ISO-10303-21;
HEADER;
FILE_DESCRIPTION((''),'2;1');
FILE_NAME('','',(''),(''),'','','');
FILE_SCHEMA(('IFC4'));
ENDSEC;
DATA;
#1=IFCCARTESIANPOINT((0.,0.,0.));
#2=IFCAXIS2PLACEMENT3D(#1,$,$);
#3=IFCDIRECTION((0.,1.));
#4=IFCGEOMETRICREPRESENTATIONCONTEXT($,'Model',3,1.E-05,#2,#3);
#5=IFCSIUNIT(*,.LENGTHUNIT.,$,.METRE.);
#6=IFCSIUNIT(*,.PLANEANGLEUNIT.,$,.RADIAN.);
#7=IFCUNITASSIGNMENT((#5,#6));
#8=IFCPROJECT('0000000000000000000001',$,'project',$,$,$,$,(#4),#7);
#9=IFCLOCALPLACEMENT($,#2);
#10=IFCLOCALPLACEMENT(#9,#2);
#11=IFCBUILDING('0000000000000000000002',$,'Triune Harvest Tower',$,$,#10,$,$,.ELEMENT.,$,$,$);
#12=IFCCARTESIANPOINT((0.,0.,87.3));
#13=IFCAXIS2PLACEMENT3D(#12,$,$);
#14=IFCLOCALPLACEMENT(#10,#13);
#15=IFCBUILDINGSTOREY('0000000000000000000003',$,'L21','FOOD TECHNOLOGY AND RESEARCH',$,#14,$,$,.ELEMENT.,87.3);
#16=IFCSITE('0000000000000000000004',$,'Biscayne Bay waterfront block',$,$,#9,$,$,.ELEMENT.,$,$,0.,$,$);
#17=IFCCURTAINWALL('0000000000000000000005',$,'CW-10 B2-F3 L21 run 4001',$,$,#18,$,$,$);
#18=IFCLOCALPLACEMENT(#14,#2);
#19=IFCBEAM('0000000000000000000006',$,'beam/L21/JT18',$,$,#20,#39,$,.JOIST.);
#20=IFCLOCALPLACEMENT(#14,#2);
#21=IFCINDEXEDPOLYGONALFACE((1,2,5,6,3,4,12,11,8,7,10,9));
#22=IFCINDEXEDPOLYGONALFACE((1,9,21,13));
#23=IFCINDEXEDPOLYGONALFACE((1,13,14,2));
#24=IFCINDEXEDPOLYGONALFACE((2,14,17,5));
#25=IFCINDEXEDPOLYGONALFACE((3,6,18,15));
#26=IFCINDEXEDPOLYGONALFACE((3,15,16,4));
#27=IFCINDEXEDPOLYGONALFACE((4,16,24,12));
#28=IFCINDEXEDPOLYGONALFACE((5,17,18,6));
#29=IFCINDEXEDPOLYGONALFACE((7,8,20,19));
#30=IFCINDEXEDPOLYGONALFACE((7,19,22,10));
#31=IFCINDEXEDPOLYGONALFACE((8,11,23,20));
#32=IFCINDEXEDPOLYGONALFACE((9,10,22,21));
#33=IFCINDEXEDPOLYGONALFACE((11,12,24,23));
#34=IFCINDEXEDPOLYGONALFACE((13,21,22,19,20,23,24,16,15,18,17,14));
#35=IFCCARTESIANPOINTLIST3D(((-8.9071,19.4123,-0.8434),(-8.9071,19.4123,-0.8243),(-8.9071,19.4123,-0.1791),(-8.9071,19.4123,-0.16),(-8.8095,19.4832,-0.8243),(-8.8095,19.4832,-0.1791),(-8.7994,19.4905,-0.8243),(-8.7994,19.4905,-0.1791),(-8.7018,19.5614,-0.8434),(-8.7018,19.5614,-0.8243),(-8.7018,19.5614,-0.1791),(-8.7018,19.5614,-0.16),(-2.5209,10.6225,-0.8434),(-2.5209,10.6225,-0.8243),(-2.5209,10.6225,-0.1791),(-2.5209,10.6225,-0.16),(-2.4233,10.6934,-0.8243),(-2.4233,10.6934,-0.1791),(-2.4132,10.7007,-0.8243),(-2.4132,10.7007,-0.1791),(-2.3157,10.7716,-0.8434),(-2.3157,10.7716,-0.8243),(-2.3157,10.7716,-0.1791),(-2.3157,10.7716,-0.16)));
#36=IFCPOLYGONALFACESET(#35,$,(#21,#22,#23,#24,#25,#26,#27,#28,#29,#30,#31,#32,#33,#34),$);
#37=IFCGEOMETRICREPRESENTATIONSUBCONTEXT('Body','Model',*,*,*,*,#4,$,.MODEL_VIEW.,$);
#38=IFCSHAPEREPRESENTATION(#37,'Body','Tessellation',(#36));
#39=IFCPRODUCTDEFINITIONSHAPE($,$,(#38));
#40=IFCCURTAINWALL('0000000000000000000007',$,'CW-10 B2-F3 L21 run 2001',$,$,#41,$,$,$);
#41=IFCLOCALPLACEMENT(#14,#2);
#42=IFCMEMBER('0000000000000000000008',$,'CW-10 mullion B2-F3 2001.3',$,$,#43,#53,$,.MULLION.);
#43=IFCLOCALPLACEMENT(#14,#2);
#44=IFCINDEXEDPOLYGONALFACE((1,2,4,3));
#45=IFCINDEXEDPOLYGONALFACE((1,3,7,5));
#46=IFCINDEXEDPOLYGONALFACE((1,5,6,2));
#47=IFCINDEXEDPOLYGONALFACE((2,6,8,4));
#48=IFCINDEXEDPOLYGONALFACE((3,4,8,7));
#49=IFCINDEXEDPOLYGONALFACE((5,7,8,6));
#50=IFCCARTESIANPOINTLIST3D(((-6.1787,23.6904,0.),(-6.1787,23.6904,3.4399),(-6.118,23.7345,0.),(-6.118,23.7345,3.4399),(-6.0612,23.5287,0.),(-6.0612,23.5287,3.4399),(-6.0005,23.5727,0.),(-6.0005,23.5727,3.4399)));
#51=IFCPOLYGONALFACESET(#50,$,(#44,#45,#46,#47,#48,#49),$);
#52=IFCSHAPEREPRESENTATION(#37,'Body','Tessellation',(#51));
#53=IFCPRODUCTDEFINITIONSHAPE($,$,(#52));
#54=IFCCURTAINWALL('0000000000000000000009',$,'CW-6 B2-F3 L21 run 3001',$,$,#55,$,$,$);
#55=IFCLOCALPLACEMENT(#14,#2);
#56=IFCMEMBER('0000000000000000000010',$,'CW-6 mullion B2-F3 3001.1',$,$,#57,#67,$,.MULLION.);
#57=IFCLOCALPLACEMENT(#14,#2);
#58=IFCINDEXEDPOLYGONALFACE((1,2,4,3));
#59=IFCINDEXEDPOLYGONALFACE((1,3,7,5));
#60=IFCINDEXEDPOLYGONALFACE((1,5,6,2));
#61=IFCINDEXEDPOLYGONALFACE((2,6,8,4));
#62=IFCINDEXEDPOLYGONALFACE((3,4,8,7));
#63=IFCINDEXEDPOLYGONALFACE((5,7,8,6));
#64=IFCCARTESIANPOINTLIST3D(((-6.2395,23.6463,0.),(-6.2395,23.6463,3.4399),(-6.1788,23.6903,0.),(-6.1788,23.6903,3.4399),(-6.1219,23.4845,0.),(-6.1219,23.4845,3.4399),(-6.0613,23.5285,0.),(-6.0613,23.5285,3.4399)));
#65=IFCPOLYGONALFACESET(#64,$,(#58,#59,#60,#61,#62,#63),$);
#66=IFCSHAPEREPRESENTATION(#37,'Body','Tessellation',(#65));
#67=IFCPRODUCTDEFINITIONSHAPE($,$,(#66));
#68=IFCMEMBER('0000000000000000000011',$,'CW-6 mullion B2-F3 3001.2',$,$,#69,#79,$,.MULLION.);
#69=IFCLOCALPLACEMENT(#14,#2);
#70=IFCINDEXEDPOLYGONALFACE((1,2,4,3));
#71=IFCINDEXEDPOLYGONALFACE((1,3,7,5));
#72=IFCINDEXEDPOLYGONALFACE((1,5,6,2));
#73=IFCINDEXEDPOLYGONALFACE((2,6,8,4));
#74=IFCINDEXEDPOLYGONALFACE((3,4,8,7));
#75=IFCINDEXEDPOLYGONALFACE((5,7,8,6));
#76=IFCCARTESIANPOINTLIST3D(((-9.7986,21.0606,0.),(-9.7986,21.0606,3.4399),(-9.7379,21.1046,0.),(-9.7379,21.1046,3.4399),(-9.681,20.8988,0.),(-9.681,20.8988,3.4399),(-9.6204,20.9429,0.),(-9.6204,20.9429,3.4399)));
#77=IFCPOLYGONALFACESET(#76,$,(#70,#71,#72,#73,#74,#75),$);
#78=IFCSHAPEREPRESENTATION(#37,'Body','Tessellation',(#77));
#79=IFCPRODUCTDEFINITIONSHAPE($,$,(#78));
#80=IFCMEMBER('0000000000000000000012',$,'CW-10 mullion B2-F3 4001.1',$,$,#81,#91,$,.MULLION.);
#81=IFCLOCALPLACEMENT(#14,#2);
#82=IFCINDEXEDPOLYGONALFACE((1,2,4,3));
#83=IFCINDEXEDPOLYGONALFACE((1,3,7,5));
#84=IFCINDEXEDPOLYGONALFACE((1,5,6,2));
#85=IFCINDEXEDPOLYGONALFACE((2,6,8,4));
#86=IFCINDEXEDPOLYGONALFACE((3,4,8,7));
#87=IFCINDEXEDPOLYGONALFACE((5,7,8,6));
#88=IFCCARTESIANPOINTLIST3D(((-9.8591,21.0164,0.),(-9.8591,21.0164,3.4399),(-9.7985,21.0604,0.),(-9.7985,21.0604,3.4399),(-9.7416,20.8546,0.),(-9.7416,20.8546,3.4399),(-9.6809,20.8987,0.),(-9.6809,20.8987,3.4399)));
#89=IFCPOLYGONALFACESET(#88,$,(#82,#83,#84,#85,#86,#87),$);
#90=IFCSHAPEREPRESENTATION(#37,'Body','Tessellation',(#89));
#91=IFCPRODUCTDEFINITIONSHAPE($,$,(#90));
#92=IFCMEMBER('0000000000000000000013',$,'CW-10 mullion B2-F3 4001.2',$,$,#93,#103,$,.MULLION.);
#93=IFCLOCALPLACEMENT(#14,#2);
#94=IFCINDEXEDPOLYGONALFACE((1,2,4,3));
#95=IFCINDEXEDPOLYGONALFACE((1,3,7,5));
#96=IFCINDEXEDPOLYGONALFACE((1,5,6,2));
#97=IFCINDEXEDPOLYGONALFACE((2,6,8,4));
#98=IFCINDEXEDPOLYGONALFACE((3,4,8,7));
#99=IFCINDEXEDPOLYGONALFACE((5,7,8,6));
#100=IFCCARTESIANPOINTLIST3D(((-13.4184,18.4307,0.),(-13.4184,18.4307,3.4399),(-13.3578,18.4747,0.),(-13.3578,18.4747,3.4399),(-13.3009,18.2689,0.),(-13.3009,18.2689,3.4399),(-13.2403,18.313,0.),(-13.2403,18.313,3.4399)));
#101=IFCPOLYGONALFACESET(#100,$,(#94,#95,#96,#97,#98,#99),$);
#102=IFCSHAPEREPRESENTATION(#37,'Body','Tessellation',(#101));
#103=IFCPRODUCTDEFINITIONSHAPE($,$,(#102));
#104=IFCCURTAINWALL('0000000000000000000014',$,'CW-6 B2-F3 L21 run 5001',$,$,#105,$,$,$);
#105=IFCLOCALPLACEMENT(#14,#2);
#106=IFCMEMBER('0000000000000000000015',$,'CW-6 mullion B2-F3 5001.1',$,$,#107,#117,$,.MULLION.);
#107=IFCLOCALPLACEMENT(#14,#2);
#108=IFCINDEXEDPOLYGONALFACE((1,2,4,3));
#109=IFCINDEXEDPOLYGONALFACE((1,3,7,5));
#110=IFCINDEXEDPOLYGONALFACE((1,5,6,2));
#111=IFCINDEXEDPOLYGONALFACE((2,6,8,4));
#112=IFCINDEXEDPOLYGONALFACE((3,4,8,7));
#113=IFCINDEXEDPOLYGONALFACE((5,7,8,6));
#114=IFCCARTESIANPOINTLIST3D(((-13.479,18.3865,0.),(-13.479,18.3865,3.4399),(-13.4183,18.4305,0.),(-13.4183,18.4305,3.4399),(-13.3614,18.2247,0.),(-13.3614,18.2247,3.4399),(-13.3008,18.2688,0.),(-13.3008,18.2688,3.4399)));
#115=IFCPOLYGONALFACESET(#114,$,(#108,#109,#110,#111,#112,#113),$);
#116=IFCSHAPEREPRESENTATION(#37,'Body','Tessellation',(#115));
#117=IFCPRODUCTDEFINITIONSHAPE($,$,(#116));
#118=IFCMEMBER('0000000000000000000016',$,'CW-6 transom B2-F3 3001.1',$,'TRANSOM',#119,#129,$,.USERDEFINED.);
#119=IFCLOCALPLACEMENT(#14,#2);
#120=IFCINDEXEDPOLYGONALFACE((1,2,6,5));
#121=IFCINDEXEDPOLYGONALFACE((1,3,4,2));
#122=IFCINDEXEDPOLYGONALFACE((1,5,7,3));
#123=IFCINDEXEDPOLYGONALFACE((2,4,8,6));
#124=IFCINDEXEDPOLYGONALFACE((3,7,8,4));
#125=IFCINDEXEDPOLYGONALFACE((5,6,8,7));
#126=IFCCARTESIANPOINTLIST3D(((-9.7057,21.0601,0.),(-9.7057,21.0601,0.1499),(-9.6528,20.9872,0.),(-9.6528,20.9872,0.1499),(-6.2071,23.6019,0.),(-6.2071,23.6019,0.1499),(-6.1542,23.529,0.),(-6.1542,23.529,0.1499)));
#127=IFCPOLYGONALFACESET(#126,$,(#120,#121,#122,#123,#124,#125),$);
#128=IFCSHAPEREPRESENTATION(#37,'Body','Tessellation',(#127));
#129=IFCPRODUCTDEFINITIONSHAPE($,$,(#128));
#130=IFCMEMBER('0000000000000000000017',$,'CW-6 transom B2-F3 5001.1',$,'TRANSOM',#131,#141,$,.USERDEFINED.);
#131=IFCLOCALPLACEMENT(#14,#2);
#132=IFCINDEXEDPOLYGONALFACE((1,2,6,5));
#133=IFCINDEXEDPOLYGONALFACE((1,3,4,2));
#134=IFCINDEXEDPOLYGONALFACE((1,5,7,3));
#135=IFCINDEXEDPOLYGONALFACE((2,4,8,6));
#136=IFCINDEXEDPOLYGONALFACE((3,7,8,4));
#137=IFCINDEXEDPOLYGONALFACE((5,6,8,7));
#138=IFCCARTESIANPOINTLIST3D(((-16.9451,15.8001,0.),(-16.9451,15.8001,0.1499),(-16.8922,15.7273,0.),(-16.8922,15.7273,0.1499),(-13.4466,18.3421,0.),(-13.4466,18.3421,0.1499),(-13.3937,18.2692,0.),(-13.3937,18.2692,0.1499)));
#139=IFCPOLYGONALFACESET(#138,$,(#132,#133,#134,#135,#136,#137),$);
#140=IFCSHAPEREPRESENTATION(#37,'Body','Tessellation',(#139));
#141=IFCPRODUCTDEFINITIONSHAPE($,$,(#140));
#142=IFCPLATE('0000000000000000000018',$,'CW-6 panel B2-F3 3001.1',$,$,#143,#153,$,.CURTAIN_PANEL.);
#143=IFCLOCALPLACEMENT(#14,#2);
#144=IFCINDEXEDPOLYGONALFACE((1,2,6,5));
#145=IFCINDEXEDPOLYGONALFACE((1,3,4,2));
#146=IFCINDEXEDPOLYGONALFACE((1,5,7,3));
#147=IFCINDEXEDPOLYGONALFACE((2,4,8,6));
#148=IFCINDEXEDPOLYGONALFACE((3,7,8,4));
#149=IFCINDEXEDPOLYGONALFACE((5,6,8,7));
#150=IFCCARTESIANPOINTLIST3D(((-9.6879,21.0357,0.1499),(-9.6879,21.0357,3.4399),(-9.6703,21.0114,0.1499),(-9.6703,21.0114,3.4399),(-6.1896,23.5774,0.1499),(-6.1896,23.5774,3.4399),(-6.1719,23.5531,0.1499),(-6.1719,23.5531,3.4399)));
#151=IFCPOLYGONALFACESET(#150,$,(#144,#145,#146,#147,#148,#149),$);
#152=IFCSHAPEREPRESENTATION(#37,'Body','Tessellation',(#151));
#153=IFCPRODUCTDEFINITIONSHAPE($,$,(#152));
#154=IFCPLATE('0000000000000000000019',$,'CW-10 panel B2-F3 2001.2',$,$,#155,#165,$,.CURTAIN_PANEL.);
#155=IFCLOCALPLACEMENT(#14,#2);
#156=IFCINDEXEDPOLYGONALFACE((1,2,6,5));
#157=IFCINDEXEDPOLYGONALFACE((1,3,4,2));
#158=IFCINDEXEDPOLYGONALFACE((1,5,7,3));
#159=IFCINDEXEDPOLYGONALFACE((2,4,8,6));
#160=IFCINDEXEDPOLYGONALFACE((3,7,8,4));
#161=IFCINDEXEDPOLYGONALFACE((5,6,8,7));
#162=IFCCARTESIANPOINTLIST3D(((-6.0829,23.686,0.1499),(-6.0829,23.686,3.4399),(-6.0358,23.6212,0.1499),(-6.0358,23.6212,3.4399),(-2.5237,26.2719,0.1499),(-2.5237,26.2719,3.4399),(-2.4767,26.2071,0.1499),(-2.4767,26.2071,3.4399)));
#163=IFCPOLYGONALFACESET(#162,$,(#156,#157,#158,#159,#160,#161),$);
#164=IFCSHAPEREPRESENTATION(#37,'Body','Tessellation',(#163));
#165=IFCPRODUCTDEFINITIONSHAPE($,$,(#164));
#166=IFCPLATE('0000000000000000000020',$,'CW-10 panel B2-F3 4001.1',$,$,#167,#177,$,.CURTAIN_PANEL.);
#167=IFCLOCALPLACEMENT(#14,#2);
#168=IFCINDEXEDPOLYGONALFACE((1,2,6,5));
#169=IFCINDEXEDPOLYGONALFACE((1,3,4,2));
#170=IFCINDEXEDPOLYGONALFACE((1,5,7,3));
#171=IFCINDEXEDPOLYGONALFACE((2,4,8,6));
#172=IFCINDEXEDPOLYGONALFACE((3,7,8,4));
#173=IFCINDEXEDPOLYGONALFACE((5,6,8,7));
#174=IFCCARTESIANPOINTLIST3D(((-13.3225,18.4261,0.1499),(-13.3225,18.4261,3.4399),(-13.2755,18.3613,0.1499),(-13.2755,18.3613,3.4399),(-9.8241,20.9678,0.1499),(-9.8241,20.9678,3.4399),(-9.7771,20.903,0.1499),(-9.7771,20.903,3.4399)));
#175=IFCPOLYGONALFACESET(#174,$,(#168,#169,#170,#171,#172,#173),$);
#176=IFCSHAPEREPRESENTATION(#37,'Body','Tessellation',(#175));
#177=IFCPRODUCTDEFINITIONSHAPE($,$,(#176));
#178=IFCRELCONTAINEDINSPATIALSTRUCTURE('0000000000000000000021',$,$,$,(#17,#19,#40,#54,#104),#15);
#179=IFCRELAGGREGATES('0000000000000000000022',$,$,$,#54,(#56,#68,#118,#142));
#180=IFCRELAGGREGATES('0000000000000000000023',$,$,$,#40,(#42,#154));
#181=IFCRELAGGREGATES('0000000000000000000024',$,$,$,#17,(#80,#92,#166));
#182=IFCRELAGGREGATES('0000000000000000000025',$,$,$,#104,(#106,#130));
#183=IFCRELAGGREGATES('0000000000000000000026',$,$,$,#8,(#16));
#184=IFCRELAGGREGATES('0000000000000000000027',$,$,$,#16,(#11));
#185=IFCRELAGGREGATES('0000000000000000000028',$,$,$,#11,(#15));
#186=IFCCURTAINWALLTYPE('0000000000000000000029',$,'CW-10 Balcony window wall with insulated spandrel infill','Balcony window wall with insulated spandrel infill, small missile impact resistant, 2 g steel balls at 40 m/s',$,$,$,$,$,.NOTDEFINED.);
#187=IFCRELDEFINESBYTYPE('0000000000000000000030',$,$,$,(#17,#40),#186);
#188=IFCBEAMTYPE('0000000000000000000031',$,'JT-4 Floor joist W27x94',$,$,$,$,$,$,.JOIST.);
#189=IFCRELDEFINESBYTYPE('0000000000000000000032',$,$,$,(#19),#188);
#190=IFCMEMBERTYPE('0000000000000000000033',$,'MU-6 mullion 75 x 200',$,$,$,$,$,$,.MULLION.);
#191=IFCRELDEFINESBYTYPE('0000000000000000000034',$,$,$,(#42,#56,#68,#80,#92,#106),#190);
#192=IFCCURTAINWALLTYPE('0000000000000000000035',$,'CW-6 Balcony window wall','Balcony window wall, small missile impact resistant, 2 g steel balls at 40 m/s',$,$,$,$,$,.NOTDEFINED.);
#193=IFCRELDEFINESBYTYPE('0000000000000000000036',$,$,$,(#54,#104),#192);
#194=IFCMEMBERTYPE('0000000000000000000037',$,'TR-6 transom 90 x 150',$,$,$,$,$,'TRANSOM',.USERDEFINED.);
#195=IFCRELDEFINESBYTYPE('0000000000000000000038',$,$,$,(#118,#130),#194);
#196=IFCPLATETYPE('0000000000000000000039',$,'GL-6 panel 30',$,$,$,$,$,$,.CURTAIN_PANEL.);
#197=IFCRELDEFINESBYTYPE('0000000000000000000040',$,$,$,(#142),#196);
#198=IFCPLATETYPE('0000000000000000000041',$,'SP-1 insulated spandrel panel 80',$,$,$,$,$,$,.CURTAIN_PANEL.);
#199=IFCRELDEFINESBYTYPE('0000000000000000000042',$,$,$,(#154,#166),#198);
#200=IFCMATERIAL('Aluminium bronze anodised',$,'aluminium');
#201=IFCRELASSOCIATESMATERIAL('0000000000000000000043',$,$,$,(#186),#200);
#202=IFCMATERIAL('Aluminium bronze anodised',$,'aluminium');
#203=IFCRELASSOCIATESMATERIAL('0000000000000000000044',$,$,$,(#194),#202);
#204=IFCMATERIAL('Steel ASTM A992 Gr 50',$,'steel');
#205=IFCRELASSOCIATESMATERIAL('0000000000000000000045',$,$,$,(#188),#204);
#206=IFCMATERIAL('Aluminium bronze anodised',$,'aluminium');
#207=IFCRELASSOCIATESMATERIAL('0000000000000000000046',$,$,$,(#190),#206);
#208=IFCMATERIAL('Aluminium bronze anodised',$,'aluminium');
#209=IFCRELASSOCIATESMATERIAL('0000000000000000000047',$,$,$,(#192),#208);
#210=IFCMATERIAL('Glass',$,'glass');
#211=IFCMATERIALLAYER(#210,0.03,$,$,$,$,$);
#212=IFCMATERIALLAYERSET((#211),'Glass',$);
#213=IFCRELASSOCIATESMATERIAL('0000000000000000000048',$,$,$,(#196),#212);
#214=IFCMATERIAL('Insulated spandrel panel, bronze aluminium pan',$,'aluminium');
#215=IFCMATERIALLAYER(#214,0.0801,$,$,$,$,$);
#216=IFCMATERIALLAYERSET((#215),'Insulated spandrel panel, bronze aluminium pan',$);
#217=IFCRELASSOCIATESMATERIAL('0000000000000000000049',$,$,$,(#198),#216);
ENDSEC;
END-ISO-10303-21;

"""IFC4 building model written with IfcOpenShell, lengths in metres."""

from ifc_helpers import new_model, si_unit, direction, frame, origin, origin_2d, place, context, subcontext, project, spatial, rectangle, i_section, extrude, source, transform, mapped, material, layer, layer_set, material_profile, profile_set, type_object, element, aggregate, save


model = new_model("IFC4")

# Units and contexts
model_context = context("Model", 3, precision=1e-05, world=origin(), true_north=direction((0.0, 1.0)))
body_context = subcontext(model_context, "Body", "Model", "MODEL_VIEW")
ifc_project = project(units=[si_unit("LENGTHUNIT", "METRE"), si_unit("PLANEANGLEUNIT", "RADIAN")], contexts=[model_context])

# Site, building, storey
site_placement = place(None, origin())
site = spatial("IfcSite", under=ifc_project, at=site_placement, Name="Biscayne Bay waterfront block", CompositionType="ELEMENT", RefElevation=0.0)
building_placement = place(site_placement, origin())
building = spatial("IfcBuilding", under=site, at=building_placement, Name="Triune Harvest Tower", CompositionType="ELEMENT")
storey_placement = place(building_placement, frame((0.0, 0.0, 87.3)))
storey = spatial("IfcBuildingStorey", under=building, at=storey_placement, Name="L21", Description="FOOD TECHNOLOGY AND RESEARCH", CompositionType="ELEMENT", Elevation=87.3)

# Curtain wall
ifc_material_1 = material(Name="Aluminium bronze anodised", Category="aluminium")
curtain_wall_type_1 = type_object("IfcCurtainWallType", Name="CW-10 Balcony window wall with insulated spandrel infill", Description="Balcony window wall with insulated spandrel infill, small missile impact resistant, 2 g steel balls at 40 m/s", PredefinedType="NOTDEFINED", material=ifc_material_1)
curtain_wall_1_placement = place(storey_placement, origin())
curtain_wall_1 = element("IfcCurtainWall", 1, at=curtain_wall_1_placement, inside=storey, type_object=curtain_wall_type_1, Name="CW-10 B2-F3 L21 run 4001")
ifc_material_2 = material(Name="Aluminium bronze anodised", Category="aluminium")
ifc_material_profile_1 = material_profile(ifc_material_2, rectangle(XDim=0.0901, YDim=0.1499, at=origin_2d()), Name="TR-6 transom 90 x 150")
ifc_profile_set_1 = profile_set([ifc_material_profile_1], Name="Aluminium bronze anodised")
member_type_1 = type_object("IfcMemberType", Name="TR-6 transom 90 x 150", ElementType="TRANSOM", PredefinedType="USERDEFINED", material=ifc_profile_set_1)

# Beam
ifc_material_3 = material(Name="Steel ASTM A992 Gr 50", Category="steel")
ifc_material_profile_2 = material_profile(ifc_material_3, i_section(OverallWidth=0.2537, OverallDepth=0.6833, WebThickness=0.0125, FlangeThickness=0.019, at=origin_2d()), Name="W27x94")
ifc_profile_set_2 = profile_set([ifc_material_profile_2], Name="Steel ASTM A992 Gr 50")
beam_type_1 = type_object("IfcBeamType", Name="JT-4 Floor joist W27x94", PredefinedType="JOIST", material=ifc_profile_set_2)
shared_shape_1 = source(origin(), body_context, "Body", "SweptSolid", [
    extrude(i_section(OverallWidth=0.2537, OverallDepth=0.6833, WebThickness=0.0125, FlangeThickness=0.019, at=origin_2d()), origin(), (0.0, 0.0, 1.0), 10.8647),
])
beam_1_placement = place(storey_placement, frame((-8.8044, 19.4868, -0.5017), z_axis=(0.58779, -0.809014, 0.0), x_axis=(0.809014, 0.58779, 0.0)))
element("IfcBeam", 2, at=beam_1_placement, inside=storey, type_object=beam_type_1, Name="beam/L21/JT18", PredefinedType="JOIST", context=body_context, shape_type="MappedRepresentation", body=[
    mapped(shared_shape_1, transform((0.0, 0.0, 0.0), scale=1.0)),
])

# Curtain wall, member
curtain_wall_2_placement = place(storey_placement, origin())
curtain_wall_2 = element("IfcCurtainWall", 3, at=curtain_wall_2_placement, inside=storey, type_object=curtain_wall_type_1, Name="CW-10 B2-F3 L21 run 2001")
ifc_material_4 = material(Name="Aluminium bronze anodised", Category="aluminium")
ifc_material_profile_3 = material_profile(ifc_material_4, rectangle(XDim=0.2, YDim=0.075, at=origin_2d()), Name="MU-6 mullion 75 x 200")
ifc_profile_set_3 = profile_set([ifc_material_profile_3], Name="Aluminium bronze anodised")
member_type_2 = type_object("IfcMemberType", Name="MU-6 mullion 75 x 200", PredefinedType="MULLION", material=ifc_profile_set_3)
shared_shape_2 = source(origin(), body_context, "Body", "SweptSolid", [
    extrude(rectangle(XDim=0.2, YDim=0.075, at=origin_2d()), origin(), (0.0, 0.0, 1.0), 3.4399),
])
member_1_placement = place(storey_placement, frame((-6.0896, 23.6316, 0.0), z_axis=(0.0, 0.0, 1.0), x_axis=(0.587787, -0.809016, 0.0)))
member_1 = element("IfcMember", 4, at=member_1_placement, type_object=member_type_2, Name="CW-10 mullion B2-F3 2001.3", PredefinedType="MULLION", context=body_context, shape_type="MappedRepresentation", body=[
    mapped(shared_shape_2, transform((0.0, 0.0, 0.0), scale=1.0)),
])

# Curtain wall, members
ifc_material_5 = material(Name="Aluminium bronze anodised", Category="aluminium")
curtain_wall_type_2 = type_object("IfcCurtainWallType", Name="CW-6 Balcony window wall", Description="Balcony window wall, small missile impact resistant, 2 g steel balls at 40 m/s", PredefinedType="NOTDEFINED", material=ifc_material_5)
curtain_wall_3_placement = place(storey_placement, origin())
curtain_wall_3 = element("IfcCurtainWall", 5, at=curtain_wall_3_placement, inside=storey, type_object=curtain_wall_type_2, Name="CW-6 B2-F3 L21 run 3001")
member_2_placement = place(storey_placement, frame((-6.1504, 23.5874, 0.0), z_axis=(0.0, 0.0, 1.0), x_axis=(0.58778, -0.809021, 0.0)))
member_2 = element("IfcMember", 6, at=member_2_placement, type_object=member_type_2, Name="CW-6 mullion B2-F3 3001.1", PredefinedType="MULLION", context=body_context, shape_type="MappedRepresentation", body=[
    mapped(shared_shape_2, transform((0.0, 0.0, 0.0), scale=1.0)),
])
member_3_placement = place(storey_placement, frame((-9.7095, 21.0017, 0.0), z_axis=(0.0, 0.0, 1.0), x_axis=(0.58778, -0.809021, 0.0)))
member_3 = element("IfcMember", 7, at=member_3_placement, type_object=member_type_2, Name="CW-6 mullion B2-F3 3001.2", PredefinedType="MULLION", context=body_context, shape_type="MappedRepresentation", body=[
    mapped(shared_shape_2, transform((0.0, 0.0, 0.0), scale=1.0)),
])

# Members
member_4_placement = place(storey_placement, frame((-9.77, 20.9575, 0.0), z_axis=(0.0, 0.0, 1.0), x_axis=(0.58778, -0.809021, 0.0)))
member_4 = element("IfcMember", 8, at=member_4_placement, type_object=member_type_2, Name="CW-10 mullion B2-F3 4001.1", PredefinedType="MULLION", context=body_context, shape_type="MappedRepresentation", body=[
    mapped(shared_shape_2, transform((0.0, 0.0, 0.0), scale=1.0)),
])
member_5_placement = place(storey_placement, frame((-13.3293, 18.3718, 0.0), z_axis=(0.0, 0.0, 1.0), x_axis=(0.58778, -0.809021, 0.0)))
member_5 = element("IfcMember", 9, at=member_5_placement, type_object=member_type_2, Name="CW-10 mullion B2-F3 4001.2", PredefinedType="MULLION", context=body_context, shape_type="MappedRepresentation", body=[
    mapped(shared_shape_2, transform((0.0, 0.0, 0.0), scale=1.0)),
])

# Curtain wall, member
curtain_wall_4_placement = place(storey_placement, origin())
curtain_wall_4 = element("IfcCurtainWall", 10, at=curtain_wall_4_placement, inside=storey, type_object=curtain_wall_type_2, Name="CW-6 B2-F3 L21 run 5001")
member_6_placement = place(storey_placement, frame((-13.3899, 18.3276, 0.0), z_axis=(0.0, 0.0, 1.0), x_axis=(0.587794, -0.80901, 0.0)))
member_6 = element("IfcMember", 11, at=member_6_placement, type_object=member_type_2, Name="CW-6 mullion B2-F3 5001.1", PredefinedType="MULLION", context=body_context, shape_type="MappedRepresentation", body=[
    mapped(shared_shape_2, transform((0.0, 0.0, 0.0), scale=1.0)),
])

# Members
shared_shape_3 = source(origin(), body_context, "Body", "SweptSolid", [
    extrude(rectangle(XDim=0.0901, YDim=0.1499, at=origin_2d()), origin(), (0.0, 0.0, 1.0), 4.3245),
])
member_7_placement = place(storey_placement, frame((-6.1807, 23.5654, 0.075), z_axis=(-0.809027, -0.587772, 0.0), x_axis=(0.587772, -0.809027, 0.0)))
member_7 = element("IfcMember", 12, at=member_7_placement, type_object=member_type_1, Name="CW-6 transom B2-F3 3001.1", ObjectType="TRANSOM", PredefinedType="USERDEFINED", context=body_context, shape_type="MappedRepresentation", body=[
    mapped(shared_shape_3, transform((0.0, 0.0, 0.0), scale=1.0)),
])
member_8_placement = place(storey_placement, frame((-13.4202, 18.3057, 0.075), z_axis=(-0.809, -0.587809, 0.0), x_axis=(0.587809, -0.809, 0.0)))
member_8 = element("IfcMember", 13, at=member_8_placement, type_object=member_type_1, Name="CW-6 transom B2-F3 5001.1", ObjectType="TRANSOM", PredefinedType="USERDEFINED", context=body_context, shape_type="MappedRepresentation", body=[
    mapped(shared_shape_3, transform((0.0, 0.0, 0.0), scale=1.0)),
])

# Plates
ifc_material_6 = material(Name="Glass", Category="glass")
ifc_layer_1 = layer(ifc_material_6, 0.03)
ifc_layer_set_1 = layer_set([ifc_layer_1], Name="Glass")
plate_type_1 = type_object("IfcPlateType", Name="GL-6 panel 30", PredefinedType="CURTAIN_PANEL", material=ifc_layer_set_1)
plate_1_placement = place(storey_placement, frame((-7.9299, 22.2944, 0.1499), z_axis=(0.0, 0.0, 1.0), x_axis=(-0.809021, -0.58778, 0.0)))
plate_1 = element("IfcPlate", 14, at=plate_1_placement, type_object=plate_type_1, Name="CW-6 panel B2-F3 3001.1", PredefinedType="CURTAIN_PANEL", context=body_context, shape_type="SweptSolid", body=[
    extrude(rectangle(XDim=4.3242, YDim=0.03, at=origin_2d()), origin(), (0.0, 0.0, 1.0), 3.29),
])
aggregate(curtain_wall_3, [member_2, member_3, member_7, plate_1])
ifc_material_7 = material(Name="Insulated spandrel panel, bronze aluminium pan", Category="aluminium")
ifc_layer_2 = layer(ifc_material_7, 0.0801)
ifc_layer_set_2 = layer_set([ifc_layer_2], Name="Insulated spandrel panel, bronze aluminium pan")
plate_type_2 = type_object("IfcPlateType", Name="SP-1 insulated spandrel panel 80", PredefinedType="CURTAIN_PANEL", material=ifc_layer_set_2)
shared_shape_4 = source(origin(), body_context, "Body", "SweptSolid", [
    extrude(rectangle(XDim=4.3994, YDim=0.0801, at=origin_2d()), origin(), (0.0, 0.0, 1.0), 3.29),
])
plate_2_placement = place(storey_placement, frame((-4.2798, 24.9465, 0.1499), z_axis=(0.0, 0.0, 1.0), x_axis=(-0.809016, -0.587787, 0.0)))
plate_2 = element("IfcPlate", 15, at=plate_2_placement, type_object=plate_type_2, Name="CW-10 panel B2-F3 2001.2", PredefinedType="CURTAIN_PANEL", context=body_context, shape_type="MappedRepresentation", body=[
    mapped(shared_shape_4, transform((0.0, 0.0, 0.0), scale=1.0)),
])
aggregate(curtain_wall_2, [member_1, plate_2])
shared_shape_5 = source(origin(), body_context, "Body", "SweptSolid", [
    extrude(rectangle(XDim=4.3242, YDim=0.0801, at=origin_2d()), origin(), (0.0, 0.0, 1.0), 3.29),
])
plate_3_placement = place(storey_placement, frame((-11.5498, 19.6646, 0.1499), z_axis=(0.0, 0.0, 1.0), x_axis=(-0.809021, -0.58778, 0.0)))
plate_3 = element("IfcPlate", 16, at=plate_3_placement, type_object=plate_type_2, Name="CW-10 panel B2-F3 4001.1", PredefinedType="CURTAIN_PANEL", context=body_context, shape_type="MappedRepresentation", body=[
    mapped(shared_shape_5, transform((0.0, 0.0, 0.0), scale=1.0)),
])
aggregate(curtain_wall_1, [member_4, member_5, plate_3])
aggregate(curtain_wall_4, [member_6, member_8])

save(model, "model.ifc")
